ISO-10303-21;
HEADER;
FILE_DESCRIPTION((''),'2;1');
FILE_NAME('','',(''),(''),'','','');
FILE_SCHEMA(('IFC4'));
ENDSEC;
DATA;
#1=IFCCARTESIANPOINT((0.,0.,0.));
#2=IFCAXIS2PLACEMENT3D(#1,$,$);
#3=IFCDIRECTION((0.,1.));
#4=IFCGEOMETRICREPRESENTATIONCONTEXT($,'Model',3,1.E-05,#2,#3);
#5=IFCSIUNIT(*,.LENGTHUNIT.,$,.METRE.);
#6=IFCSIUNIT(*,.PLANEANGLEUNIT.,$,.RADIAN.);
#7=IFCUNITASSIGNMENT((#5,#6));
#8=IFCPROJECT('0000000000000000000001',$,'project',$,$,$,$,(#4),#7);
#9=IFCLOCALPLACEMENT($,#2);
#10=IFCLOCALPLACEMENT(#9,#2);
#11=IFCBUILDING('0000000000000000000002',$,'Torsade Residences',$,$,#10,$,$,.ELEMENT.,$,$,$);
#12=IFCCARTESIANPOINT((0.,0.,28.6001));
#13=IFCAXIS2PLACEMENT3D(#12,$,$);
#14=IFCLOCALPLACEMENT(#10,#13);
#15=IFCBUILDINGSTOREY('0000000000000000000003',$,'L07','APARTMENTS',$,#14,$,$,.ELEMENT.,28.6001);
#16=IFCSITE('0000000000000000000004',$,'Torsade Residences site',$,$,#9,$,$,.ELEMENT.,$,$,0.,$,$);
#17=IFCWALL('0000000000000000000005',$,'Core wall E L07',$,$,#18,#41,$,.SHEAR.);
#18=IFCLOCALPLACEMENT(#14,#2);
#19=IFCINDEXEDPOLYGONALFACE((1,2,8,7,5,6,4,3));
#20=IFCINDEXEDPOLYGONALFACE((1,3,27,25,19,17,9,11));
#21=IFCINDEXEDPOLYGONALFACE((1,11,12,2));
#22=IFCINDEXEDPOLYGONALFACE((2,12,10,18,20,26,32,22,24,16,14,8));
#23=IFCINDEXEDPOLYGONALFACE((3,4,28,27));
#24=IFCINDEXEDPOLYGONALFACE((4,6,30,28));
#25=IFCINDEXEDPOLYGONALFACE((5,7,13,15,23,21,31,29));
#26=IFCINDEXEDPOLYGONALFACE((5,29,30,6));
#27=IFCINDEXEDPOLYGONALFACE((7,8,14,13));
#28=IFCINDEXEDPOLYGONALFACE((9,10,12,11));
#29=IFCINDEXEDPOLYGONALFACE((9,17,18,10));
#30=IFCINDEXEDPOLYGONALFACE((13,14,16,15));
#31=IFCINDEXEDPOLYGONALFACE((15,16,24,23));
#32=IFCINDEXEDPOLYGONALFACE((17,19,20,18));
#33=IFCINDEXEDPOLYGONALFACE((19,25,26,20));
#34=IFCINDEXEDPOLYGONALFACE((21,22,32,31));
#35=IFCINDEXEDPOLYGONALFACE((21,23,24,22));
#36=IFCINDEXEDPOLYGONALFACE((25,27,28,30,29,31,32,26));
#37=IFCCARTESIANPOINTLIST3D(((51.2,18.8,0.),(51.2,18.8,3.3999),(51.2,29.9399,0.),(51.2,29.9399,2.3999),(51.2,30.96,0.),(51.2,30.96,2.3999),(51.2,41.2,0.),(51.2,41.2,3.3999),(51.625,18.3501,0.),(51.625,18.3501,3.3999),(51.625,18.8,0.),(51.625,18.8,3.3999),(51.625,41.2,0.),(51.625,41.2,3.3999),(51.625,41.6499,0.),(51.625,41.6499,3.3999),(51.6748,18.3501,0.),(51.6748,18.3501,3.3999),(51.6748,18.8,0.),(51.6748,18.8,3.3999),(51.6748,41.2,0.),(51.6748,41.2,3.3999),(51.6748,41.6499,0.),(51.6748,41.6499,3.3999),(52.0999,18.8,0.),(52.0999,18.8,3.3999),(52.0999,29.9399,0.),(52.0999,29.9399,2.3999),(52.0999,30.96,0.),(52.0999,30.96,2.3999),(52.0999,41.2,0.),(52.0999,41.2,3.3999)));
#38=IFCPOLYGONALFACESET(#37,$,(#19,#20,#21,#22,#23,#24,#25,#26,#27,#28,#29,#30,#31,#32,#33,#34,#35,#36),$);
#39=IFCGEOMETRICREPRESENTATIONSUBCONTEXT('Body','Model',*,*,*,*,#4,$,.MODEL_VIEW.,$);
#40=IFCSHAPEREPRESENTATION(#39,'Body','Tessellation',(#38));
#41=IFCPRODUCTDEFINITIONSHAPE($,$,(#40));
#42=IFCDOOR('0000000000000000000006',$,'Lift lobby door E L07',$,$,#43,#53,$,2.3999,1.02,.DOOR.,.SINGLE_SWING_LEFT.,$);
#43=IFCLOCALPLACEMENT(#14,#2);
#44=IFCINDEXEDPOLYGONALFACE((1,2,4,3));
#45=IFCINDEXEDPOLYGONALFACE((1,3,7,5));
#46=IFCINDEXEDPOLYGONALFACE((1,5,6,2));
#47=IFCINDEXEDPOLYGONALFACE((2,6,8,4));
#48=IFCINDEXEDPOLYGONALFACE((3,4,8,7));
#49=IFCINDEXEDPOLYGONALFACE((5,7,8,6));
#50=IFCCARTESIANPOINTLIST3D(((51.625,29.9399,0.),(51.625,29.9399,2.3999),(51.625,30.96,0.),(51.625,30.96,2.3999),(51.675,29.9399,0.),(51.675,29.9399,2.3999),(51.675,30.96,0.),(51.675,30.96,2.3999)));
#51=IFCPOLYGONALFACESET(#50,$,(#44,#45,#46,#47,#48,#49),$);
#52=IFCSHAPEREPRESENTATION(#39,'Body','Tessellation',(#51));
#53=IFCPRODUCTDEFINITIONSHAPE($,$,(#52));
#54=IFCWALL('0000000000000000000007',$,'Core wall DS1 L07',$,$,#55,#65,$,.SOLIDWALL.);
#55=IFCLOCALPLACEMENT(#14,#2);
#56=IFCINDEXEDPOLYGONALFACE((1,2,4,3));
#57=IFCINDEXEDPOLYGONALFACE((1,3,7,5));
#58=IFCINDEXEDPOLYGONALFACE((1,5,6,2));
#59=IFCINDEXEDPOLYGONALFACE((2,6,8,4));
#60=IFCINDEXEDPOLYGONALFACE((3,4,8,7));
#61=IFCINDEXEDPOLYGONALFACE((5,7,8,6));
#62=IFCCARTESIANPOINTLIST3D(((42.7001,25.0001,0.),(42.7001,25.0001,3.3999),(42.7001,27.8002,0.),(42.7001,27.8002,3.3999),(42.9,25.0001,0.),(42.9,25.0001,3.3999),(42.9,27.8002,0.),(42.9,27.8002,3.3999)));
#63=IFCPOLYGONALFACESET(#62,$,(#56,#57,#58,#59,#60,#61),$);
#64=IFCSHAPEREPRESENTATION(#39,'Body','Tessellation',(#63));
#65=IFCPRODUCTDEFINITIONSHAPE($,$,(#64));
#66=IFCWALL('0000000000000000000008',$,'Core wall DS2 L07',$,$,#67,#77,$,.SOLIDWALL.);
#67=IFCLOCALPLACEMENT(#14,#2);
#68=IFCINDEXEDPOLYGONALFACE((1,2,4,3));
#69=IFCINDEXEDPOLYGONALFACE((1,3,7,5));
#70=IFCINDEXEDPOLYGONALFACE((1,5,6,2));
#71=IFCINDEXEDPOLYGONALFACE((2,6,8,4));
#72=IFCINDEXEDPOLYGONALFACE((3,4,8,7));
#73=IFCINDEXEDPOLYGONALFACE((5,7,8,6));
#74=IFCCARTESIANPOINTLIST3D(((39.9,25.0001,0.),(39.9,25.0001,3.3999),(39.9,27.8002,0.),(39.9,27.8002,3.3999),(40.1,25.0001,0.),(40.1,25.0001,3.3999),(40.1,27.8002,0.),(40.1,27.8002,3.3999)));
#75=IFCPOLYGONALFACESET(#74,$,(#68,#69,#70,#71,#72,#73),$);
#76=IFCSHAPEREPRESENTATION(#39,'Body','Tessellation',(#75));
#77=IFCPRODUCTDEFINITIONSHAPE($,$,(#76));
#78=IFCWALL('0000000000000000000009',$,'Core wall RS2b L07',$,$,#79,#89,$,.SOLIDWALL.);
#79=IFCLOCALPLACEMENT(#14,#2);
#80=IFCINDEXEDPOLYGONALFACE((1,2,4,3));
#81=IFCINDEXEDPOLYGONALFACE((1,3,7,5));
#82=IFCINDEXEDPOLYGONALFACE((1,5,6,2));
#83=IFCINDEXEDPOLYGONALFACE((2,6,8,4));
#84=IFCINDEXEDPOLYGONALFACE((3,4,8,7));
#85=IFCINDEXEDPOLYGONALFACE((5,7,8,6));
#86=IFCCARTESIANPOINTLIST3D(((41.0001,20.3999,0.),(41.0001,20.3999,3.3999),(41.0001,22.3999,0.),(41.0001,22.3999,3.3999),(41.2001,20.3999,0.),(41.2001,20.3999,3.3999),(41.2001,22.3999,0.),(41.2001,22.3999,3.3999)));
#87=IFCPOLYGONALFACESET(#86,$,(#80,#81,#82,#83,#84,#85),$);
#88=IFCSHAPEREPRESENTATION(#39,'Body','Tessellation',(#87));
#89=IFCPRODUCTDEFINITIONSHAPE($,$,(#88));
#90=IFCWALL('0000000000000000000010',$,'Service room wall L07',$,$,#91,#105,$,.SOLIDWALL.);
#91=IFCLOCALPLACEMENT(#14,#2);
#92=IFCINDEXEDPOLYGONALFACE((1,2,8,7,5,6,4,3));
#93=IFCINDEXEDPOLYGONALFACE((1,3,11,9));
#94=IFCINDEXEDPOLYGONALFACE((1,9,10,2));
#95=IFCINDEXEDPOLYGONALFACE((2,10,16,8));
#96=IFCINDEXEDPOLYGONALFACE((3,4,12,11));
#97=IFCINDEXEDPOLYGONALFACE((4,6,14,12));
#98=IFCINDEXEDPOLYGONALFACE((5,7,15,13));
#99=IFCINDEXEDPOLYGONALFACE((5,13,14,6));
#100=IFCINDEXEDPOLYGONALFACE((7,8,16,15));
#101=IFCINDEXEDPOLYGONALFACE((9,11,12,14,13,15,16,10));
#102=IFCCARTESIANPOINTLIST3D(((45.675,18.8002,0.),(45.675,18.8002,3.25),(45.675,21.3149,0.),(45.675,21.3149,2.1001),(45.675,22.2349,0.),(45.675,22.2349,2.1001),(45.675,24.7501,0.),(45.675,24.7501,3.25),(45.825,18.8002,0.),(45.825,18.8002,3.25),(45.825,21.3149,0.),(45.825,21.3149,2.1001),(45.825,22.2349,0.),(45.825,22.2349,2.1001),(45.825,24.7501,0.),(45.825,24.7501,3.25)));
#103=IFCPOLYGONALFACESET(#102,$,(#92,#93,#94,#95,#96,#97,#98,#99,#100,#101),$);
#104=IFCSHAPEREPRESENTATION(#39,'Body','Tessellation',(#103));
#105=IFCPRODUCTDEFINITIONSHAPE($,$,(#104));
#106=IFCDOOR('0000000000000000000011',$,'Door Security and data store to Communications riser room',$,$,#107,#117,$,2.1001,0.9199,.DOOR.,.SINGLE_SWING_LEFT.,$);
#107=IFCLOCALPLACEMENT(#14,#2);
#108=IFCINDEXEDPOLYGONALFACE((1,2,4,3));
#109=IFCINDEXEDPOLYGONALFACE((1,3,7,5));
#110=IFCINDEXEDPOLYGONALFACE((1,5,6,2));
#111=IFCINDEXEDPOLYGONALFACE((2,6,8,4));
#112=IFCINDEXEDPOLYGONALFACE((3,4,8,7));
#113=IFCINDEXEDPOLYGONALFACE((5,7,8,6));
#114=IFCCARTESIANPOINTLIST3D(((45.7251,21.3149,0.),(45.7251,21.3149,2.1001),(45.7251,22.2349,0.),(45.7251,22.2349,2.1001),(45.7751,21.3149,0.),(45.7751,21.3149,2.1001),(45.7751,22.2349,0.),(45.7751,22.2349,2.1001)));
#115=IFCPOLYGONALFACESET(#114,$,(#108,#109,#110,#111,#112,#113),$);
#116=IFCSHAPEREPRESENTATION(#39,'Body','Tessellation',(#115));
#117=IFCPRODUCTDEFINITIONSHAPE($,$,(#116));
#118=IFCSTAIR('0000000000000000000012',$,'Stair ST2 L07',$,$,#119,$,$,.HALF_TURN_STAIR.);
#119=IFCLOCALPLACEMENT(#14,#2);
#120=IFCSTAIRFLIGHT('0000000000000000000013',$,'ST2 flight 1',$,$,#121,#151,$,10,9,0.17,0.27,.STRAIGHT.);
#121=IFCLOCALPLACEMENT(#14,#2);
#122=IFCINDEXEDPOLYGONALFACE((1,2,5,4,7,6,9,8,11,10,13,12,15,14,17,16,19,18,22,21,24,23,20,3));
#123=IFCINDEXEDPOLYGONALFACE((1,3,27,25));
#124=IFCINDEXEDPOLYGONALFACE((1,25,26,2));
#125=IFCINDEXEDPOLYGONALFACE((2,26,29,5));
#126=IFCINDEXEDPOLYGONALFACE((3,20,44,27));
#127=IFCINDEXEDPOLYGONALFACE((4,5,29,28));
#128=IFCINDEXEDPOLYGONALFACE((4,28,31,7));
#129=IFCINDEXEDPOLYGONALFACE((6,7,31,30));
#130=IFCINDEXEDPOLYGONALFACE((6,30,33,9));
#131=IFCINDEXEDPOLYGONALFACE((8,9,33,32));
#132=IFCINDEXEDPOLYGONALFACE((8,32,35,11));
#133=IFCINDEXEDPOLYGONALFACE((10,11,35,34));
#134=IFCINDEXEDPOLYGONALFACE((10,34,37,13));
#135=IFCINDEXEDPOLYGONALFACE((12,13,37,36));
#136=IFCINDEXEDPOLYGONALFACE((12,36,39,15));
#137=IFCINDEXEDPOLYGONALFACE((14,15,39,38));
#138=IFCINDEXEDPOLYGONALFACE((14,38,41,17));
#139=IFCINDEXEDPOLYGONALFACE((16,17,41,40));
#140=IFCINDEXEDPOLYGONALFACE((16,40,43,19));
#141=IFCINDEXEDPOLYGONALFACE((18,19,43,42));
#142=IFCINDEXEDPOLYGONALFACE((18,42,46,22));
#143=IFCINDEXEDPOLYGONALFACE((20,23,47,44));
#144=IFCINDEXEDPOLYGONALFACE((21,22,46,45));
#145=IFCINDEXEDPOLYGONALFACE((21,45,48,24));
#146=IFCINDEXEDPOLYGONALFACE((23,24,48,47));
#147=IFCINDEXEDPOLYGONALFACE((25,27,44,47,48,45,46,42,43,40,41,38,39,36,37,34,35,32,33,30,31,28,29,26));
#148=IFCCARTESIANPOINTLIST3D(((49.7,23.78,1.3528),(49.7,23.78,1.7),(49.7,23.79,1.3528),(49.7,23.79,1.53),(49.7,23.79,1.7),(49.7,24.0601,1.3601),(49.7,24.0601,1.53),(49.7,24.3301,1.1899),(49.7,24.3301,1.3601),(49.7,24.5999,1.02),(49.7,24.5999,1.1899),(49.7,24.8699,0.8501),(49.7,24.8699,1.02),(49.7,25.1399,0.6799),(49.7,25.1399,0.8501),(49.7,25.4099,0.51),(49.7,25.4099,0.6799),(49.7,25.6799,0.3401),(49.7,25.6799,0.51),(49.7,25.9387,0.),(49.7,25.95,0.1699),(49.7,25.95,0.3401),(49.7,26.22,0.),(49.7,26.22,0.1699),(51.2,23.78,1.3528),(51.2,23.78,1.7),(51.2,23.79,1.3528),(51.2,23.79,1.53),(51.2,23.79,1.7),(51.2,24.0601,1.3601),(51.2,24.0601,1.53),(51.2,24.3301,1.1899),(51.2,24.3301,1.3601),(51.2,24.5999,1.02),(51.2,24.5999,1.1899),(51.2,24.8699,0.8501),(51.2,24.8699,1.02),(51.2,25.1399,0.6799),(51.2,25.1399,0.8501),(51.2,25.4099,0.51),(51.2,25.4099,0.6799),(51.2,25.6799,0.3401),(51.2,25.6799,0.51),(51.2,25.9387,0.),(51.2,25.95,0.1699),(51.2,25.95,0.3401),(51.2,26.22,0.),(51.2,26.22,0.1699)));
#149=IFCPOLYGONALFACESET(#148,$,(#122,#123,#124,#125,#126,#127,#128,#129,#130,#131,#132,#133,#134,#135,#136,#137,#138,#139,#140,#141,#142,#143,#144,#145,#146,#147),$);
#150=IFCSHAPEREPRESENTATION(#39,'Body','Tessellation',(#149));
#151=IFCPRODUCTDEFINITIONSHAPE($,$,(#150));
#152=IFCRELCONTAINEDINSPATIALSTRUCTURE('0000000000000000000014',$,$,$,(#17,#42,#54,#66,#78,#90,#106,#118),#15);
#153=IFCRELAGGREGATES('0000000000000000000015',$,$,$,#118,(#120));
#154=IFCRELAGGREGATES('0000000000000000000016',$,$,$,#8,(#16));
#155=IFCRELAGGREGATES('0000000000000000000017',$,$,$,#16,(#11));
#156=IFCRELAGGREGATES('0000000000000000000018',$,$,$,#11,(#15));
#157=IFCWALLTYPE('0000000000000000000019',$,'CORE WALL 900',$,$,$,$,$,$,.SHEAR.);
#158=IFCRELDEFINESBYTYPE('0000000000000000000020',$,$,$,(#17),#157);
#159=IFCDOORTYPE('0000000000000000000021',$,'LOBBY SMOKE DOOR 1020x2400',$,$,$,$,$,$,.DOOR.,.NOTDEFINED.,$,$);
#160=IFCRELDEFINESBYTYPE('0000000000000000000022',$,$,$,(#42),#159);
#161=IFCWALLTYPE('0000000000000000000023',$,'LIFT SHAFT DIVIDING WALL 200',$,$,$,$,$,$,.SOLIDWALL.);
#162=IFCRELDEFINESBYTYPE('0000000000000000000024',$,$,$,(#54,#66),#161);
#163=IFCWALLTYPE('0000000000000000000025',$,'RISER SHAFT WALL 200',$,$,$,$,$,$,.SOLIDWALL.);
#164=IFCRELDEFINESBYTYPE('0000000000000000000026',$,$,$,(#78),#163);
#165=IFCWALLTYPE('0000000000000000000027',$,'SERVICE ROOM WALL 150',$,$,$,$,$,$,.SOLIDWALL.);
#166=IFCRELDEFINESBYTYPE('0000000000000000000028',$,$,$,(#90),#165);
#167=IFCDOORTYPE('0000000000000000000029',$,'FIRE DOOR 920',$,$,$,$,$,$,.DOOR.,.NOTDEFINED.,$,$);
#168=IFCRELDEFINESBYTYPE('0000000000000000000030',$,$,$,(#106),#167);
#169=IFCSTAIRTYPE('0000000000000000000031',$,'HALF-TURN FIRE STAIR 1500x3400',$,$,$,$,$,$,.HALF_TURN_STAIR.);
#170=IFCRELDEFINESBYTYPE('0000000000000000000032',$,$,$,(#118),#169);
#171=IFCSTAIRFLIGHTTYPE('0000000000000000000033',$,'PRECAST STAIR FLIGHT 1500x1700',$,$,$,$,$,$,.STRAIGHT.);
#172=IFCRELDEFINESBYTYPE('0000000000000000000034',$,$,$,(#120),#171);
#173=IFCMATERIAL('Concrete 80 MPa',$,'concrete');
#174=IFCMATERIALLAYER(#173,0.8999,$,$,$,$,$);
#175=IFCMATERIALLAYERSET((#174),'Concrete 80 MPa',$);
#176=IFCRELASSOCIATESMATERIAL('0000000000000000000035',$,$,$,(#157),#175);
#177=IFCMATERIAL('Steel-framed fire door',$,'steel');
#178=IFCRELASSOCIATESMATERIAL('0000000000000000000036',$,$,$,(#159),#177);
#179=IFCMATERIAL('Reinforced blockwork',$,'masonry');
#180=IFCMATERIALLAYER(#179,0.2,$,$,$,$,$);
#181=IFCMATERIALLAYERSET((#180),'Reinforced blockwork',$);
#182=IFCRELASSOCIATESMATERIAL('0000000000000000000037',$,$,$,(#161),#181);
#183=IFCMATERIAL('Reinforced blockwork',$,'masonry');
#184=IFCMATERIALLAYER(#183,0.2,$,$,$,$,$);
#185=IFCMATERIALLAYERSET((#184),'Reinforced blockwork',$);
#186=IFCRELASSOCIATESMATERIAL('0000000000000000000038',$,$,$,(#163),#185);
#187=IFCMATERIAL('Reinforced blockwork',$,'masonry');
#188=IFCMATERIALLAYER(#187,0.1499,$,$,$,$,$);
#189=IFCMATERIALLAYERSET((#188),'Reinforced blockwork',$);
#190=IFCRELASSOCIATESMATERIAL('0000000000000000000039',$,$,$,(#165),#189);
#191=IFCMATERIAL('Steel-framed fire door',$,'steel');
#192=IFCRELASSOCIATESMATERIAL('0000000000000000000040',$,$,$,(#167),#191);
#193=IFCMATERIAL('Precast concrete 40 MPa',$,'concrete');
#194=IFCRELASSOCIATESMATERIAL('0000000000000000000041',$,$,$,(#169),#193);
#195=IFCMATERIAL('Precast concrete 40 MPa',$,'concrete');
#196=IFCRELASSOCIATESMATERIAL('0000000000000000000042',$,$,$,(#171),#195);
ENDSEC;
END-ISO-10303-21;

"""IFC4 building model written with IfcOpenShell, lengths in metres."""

from ifc_helpers import new_model, si_unit, direction, frame, frame_2d, origin, place, context, subcontext, project, spatial, polyline, rectangle, outline, extrude, material, layer, layer_set, type_object, element, fill, aggregate, save


model = new_model("IFC4")

# Units and contexts
model_context = context("Model", 3, precision=1e-05, world=origin(), true_north=direction((0.0, 1.0)))
body_context = subcontext(model_context, "Body", "Model", "MODEL_VIEW")
ifc_project = project(units=[si_unit("LENGTHUNIT", "METRE"), si_unit("PLANEANGLEUNIT", "RADIAN")], contexts=[model_context])

# Site, building, storey
site_placement = place(None, origin())
site = spatial("IfcSite", under=ifc_project, at=site_placement, Name="Torsade Residences site", CompositionType="ELEMENT", RefElevation=0.0)
building_placement = place(site_placement, origin())
building = spatial("IfcBuilding", under=site, at=building_placement, Name="Torsade Residences", CompositionType="ELEMENT")
storey_placement = place(building_placement, frame((0.0, 0.0, 28.6001)))
storey = spatial("IfcBuildingStorey", under=building, at=storey_placement, Name="L07", Description="APARTMENTS", CompositionType="ELEMENT", Elevation=28.6001)

# Wall, opening, door
ifc_material_1 = material(Name="Concrete 80 MPa", Category="concrete")
ifc_layer_1 = layer(ifc_material_1, 0.8999)
ifc_layer_set_1 = layer_set([ifc_layer_1], Name="Concrete 80 MPa")
wall_type_1 = type_object("IfcWallType", Name="CORE WALL 900", PredefinedType="SHEAR", material=ifc_layer_set_1)
wall_1_placement = place(storey_placement, frame((51.6499, 18.8, 0.0), z_axis=(0.0, 0.0, 1.0), x_axis=(0.0, 1.0, 0.0)))
wall_1 = element("IfcWall", 1, at=wall_1_placement, inside=storey, type_object=wall_type_1, Name="Core wall E L07", PredefinedType="SHEAR", context=body_context, shape_type="SweptSolid", body=[
    extrude(outline(polyline([(0.0, -0.45), (22.3999, -0.45), (22.3999, -0.0249), (22.8499, -0.0249), (22.8499, 0.0249), (22.3999, 0.0249), (22.3999, 0.45), (0.0, 0.45), (0.0, 0.0249), (-0.45, 0.0249), (-0.45, -0.0249), (0.0, -0.0249), (0.0, -0.45)])), origin(), (0.0, 0.0, 1.0), 3.3999),
])
opening_1_placement = place(wall_1_placement, frame((11.1399, 0.0, 0.0)))
opening_1 = element("IfcOpeningElement", 2, at=opening_1_placement, cuts=wall_1, PredefinedType="OPENING", context=body_context, shape_type="SweptSolid", body=[
    extrude(rectangle(XDim=1.02, YDim=2.3999, at=frame_2d((0.51, 1.2))), frame((0.0, 0.46, 0.0), z_axis=(0.0, -1.0, 0.0), x_axis=(1.0, 0.0, 0.0)), (0.0, 0.0, 1.0), 0.9199),
])
ifc_material_2 = material(Name="Steel-framed fire door", Category="steel")
door_type_1 = type_object("IfcDoorType", Name="LOBBY SMOKE DOOR 1020x2400", OperationType="NOTDEFINED", PredefinedType="DOOR", material=ifc_material_2)
door_1_placement = place(opening_1_placement, origin())
door_1 = element("IfcDoor", 3, at=door_1_placement, inside=storey, type_object=door_type_1, Name="Lift lobby door E L07", OperationType="SINGLE_SWING_LEFT", OverallHeight=2.3999, OverallWidth=1.02, PredefinedType="DOOR", context=body_context, shape_type="SweptSolid", body=[
    extrude(rectangle(XDim=1.02, YDim=2.3999, at=frame_2d((0.51, 1.2))), frame((0.0, 0.0249, 0.0), z_axis=(0.0, -1.0, 0.0), x_axis=(1.0, 0.0, 0.0)), (0.0, 0.0, 1.0), 0.05),
])
fill(opening_1, door_1)

# Walls
ifc_material_3 = material(Name="Reinforced blockwork", Category="masonry")
ifc_layer_2 = layer(ifc_material_3, 0.2)
ifc_layer_set_2 = layer_set([ifc_layer_2], Name="Reinforced blockwork")
wall_type_2 = type_object("IfcWallType", Name="LIFT SHAFT DIVIDING WALL 200", PredefinedType="SOLIDWALL", material=ifc_layer_set_2)
for number, where, z_axis, x_axis, name in (
    (4, (42.8, 27.8, 0.0), (0.0, 0.0, 1.0), (0.0, -1.0, 0.0), "Core wall DS1 L07"),
    (5, (40.0, 27.8, 0.0), (0.0, 0.0, 1.0), (0.0, -1.0, 0.0), "Core wall DS2 L07"),
):
    element("IfcWall", number, at=place(storey_placement, frame(where, z_axis=z_axis, x_axis=x_axis)), inside=storey, type_object=wall_type_2, Name=name, PredefinedType="SOLIDWALL", context=body_context, shape_type="SweptSolid", body=[
        extrude(rectangle(XDim=2.8, YDim=0.2, at=frame_2d((1.3999, 0.0))), origin(), (0.0, 0.0, 1.0), 3.3999),
    ])
ifc_material_4 = material(Name="Reinforced blockwork", Category="masonry")
ifc_layer_3 = layer(ifc_material_4, 0.2)
ifc_layer_set_3 = layer_set([ifc_layer_3], Name="Reinforced blockwork")
wall_type_3 = type_object("IfcWallType", Name="RISER SHAFT WALL 200", PredefinedType="SOLIDWALL", material=ifc_layer_set_3)
wall_2_placement = place(storey_placement, frame((41.1001, 22.3999, 0.0), z_axis=(0.0, 0.0, 1.0), x_axis=(0.0, -1.0, 0.0)))
element("IfcWall", 6, at=wall_2_placement, inside=storey, type_object=wall_type_3, Name="Core wall RS2b L07", PredefinedType="SOLIDWALL", context=body_context, shape_type="SweptSolid", body=[
    extrude(rectangle(XDim=2.0, YDim=0.2, at=frame_2d((1.0, 0.0))), origin(), (0.0, 0.0, 1.0), 3.3999),
])

# Wall, opening, door
ifc_material_5 = material(Name="Reinforced blockwork", Category="masonry")
ifc_layer_4 = layer(ifc_material_5, 0.1499)
ifc_layer_set_4 = layer_set([ifc_layer_4], Name="Reinforced blockwork")
wall_type_4 = type_object("IfcWallType", Name="SERVICE ROOM WALL 150", PredefinedType="SOLIDWALL", material=ifc_layer_set_4)
wall_3_placement = place(storey_placement, frame((45.75, 18.8, 0.0), z_axis=(0.0, 0.0, 1.0), x_axis=(0.0, 1.0, 0.0)))
wall_3 = element("IfcWall", 7, at=wall_3_placement, inside=storey, type_object=wall_type_4, Name="Service room wall L07", PredefinedType="SOLIDWALL", context=body_context, shape_type="SweptSolid", body=[
    extrude(rectangle(XDim=5.95, YDim=0.1499, at=frame_2d((2.9751, 0.0))), origin(), (0.0, 0.0, 1.0), 3.25),
])
opening_2_placement = place(wall_3_placement, frame((2.5149, 0.0, 0.0)))
opening_2 = element("IfcOpeningElement", 8, at=opening_2_placement, cuts=wall_3, PredefinedType="OPENING", context=body_context, shape_type="SweptSolid", body=[
    extrude(rectangle(XDim=0.9199, YDim=2.1001, at=frame_2d((0.46, 1.05))), frame((0.0, 0.085, 0.0), z_axis=(0.0, -1.0, 0.0), x_axis=(1.0, 0.0, 0.0)), (0.0, 0.0, 1.0), 0.1699),
])
ifc_material_6 = material(Name="Steel-framed fire door", Category="steel")
door_type_2 = type_object("IfcDoorType", Name="FIRE DOOR 920", OperationType="NOTDEFINED", PredefinedType="DOOR", material=ifc_material_6)
door_2_placement = place(opening_2_placement, origin())
door_2 = element("IfcDoor", 9, at=door_2_placement, inside=storey, type_object=door_type_2, Name="Door Security and data store to Communications riser room", OperationType="SINGLE_SWING_LEFT", OverallHeight=2.1001, OverallWidth=0.9199, PredefinedType="DOOR", context=body_context, shape_type="SweptSolid", body=[
    extrude(rectangle(XDim=0.9199, YDim=2.1001, at=frame_2d((0.46, 1.05))), frame((0.0, 0.0249, 0.0), z_axis=(0.0, -1.0, 0.0), x_axis=(1.0, 0.0, 0.0)), (0.0, 0.0, 1.0), 0.05),
])
fill(opening_2, door_2)

# Stair, stair flight
ifc_material_7 = material(Name="Precast concrete 40 MPa", Category="concrete")
stair_type = type_object("IfcStairType", Name="HALF-TURN FIRE STAIR 1500x3400", PredefinedType="HALF_TURN_STAIR", material=ifc_material_7)
stair_placement = place(storey_placement, origin())
stair = element("IfcStair", 10, at=stair_placement, inside=storey, type_object=stair_type, Name="Stair ST2 L07", PredefinedType="HALF_TURN_STAIR")
ifc_material_8 = material(Name="Precast concrete 40 MPa", Category="concrete")
stair_flight_type = type_object("IfcStairFlightType", Name="PRECAST STAIR FLIGHT 1500x1700", PredefinedType="STRAIGHT", material=ifc_material_8)
stair_flight_1_placement = place(storey_placement, frame((50.45, 26.22, 0.0), z_axis=(0.0, 0.0, 1.0), x_axis=(0.0, -1.0, 0.0)))
stair_flight_1 = element("IfcStairFlight", 11, at=stair_flight_1_placement, type_object=stair_flight_type, Name="ST2 flight 1", NumberOfRisers=10, NumberOfTreads=9, PredefinedType="STRAIGHT", RiserHeight=0.17, TreadLength=0.27, context=body_context, shape_type="SweptSolid", body=[
    extrude(outline(polyline([(0.0, 0.0), (0.0, 0.1699), (0.27, 0.1699), (0.27, 0.3401), (0.54, 0.3401), (0.54, 0.51), (0.8101, 0.51), (0.8101, 0.6799), (1.0801, 0.6799), (1.0801, 0.8501), (1.3501, 0.8501), (1.3501, 1.02), (1.6201, 1.02), (1.6201, 1.1899), (1.8899, 1.1899), (1.8899, 1.3601), (2.1599, 1.3601), (2.1599, 1.53), (2.4299, 1.53), (2.4299, 1.7), (2.4399, 1.7), (2.4399, 1.3528), (2.4299, 1.3528), (0.2812, 0.0), (0.0, 0.0)])), frame((0.0, 0.75, 0.0), z_axis=(0.0, -1.0, 0.0), x_axis=(1.0, 0.0, 0.0)), (0.0, 0.0, 1.0), 1.5),
])
aggregate(stair, [stair_flight_1])

save(model, "model.ifc")
